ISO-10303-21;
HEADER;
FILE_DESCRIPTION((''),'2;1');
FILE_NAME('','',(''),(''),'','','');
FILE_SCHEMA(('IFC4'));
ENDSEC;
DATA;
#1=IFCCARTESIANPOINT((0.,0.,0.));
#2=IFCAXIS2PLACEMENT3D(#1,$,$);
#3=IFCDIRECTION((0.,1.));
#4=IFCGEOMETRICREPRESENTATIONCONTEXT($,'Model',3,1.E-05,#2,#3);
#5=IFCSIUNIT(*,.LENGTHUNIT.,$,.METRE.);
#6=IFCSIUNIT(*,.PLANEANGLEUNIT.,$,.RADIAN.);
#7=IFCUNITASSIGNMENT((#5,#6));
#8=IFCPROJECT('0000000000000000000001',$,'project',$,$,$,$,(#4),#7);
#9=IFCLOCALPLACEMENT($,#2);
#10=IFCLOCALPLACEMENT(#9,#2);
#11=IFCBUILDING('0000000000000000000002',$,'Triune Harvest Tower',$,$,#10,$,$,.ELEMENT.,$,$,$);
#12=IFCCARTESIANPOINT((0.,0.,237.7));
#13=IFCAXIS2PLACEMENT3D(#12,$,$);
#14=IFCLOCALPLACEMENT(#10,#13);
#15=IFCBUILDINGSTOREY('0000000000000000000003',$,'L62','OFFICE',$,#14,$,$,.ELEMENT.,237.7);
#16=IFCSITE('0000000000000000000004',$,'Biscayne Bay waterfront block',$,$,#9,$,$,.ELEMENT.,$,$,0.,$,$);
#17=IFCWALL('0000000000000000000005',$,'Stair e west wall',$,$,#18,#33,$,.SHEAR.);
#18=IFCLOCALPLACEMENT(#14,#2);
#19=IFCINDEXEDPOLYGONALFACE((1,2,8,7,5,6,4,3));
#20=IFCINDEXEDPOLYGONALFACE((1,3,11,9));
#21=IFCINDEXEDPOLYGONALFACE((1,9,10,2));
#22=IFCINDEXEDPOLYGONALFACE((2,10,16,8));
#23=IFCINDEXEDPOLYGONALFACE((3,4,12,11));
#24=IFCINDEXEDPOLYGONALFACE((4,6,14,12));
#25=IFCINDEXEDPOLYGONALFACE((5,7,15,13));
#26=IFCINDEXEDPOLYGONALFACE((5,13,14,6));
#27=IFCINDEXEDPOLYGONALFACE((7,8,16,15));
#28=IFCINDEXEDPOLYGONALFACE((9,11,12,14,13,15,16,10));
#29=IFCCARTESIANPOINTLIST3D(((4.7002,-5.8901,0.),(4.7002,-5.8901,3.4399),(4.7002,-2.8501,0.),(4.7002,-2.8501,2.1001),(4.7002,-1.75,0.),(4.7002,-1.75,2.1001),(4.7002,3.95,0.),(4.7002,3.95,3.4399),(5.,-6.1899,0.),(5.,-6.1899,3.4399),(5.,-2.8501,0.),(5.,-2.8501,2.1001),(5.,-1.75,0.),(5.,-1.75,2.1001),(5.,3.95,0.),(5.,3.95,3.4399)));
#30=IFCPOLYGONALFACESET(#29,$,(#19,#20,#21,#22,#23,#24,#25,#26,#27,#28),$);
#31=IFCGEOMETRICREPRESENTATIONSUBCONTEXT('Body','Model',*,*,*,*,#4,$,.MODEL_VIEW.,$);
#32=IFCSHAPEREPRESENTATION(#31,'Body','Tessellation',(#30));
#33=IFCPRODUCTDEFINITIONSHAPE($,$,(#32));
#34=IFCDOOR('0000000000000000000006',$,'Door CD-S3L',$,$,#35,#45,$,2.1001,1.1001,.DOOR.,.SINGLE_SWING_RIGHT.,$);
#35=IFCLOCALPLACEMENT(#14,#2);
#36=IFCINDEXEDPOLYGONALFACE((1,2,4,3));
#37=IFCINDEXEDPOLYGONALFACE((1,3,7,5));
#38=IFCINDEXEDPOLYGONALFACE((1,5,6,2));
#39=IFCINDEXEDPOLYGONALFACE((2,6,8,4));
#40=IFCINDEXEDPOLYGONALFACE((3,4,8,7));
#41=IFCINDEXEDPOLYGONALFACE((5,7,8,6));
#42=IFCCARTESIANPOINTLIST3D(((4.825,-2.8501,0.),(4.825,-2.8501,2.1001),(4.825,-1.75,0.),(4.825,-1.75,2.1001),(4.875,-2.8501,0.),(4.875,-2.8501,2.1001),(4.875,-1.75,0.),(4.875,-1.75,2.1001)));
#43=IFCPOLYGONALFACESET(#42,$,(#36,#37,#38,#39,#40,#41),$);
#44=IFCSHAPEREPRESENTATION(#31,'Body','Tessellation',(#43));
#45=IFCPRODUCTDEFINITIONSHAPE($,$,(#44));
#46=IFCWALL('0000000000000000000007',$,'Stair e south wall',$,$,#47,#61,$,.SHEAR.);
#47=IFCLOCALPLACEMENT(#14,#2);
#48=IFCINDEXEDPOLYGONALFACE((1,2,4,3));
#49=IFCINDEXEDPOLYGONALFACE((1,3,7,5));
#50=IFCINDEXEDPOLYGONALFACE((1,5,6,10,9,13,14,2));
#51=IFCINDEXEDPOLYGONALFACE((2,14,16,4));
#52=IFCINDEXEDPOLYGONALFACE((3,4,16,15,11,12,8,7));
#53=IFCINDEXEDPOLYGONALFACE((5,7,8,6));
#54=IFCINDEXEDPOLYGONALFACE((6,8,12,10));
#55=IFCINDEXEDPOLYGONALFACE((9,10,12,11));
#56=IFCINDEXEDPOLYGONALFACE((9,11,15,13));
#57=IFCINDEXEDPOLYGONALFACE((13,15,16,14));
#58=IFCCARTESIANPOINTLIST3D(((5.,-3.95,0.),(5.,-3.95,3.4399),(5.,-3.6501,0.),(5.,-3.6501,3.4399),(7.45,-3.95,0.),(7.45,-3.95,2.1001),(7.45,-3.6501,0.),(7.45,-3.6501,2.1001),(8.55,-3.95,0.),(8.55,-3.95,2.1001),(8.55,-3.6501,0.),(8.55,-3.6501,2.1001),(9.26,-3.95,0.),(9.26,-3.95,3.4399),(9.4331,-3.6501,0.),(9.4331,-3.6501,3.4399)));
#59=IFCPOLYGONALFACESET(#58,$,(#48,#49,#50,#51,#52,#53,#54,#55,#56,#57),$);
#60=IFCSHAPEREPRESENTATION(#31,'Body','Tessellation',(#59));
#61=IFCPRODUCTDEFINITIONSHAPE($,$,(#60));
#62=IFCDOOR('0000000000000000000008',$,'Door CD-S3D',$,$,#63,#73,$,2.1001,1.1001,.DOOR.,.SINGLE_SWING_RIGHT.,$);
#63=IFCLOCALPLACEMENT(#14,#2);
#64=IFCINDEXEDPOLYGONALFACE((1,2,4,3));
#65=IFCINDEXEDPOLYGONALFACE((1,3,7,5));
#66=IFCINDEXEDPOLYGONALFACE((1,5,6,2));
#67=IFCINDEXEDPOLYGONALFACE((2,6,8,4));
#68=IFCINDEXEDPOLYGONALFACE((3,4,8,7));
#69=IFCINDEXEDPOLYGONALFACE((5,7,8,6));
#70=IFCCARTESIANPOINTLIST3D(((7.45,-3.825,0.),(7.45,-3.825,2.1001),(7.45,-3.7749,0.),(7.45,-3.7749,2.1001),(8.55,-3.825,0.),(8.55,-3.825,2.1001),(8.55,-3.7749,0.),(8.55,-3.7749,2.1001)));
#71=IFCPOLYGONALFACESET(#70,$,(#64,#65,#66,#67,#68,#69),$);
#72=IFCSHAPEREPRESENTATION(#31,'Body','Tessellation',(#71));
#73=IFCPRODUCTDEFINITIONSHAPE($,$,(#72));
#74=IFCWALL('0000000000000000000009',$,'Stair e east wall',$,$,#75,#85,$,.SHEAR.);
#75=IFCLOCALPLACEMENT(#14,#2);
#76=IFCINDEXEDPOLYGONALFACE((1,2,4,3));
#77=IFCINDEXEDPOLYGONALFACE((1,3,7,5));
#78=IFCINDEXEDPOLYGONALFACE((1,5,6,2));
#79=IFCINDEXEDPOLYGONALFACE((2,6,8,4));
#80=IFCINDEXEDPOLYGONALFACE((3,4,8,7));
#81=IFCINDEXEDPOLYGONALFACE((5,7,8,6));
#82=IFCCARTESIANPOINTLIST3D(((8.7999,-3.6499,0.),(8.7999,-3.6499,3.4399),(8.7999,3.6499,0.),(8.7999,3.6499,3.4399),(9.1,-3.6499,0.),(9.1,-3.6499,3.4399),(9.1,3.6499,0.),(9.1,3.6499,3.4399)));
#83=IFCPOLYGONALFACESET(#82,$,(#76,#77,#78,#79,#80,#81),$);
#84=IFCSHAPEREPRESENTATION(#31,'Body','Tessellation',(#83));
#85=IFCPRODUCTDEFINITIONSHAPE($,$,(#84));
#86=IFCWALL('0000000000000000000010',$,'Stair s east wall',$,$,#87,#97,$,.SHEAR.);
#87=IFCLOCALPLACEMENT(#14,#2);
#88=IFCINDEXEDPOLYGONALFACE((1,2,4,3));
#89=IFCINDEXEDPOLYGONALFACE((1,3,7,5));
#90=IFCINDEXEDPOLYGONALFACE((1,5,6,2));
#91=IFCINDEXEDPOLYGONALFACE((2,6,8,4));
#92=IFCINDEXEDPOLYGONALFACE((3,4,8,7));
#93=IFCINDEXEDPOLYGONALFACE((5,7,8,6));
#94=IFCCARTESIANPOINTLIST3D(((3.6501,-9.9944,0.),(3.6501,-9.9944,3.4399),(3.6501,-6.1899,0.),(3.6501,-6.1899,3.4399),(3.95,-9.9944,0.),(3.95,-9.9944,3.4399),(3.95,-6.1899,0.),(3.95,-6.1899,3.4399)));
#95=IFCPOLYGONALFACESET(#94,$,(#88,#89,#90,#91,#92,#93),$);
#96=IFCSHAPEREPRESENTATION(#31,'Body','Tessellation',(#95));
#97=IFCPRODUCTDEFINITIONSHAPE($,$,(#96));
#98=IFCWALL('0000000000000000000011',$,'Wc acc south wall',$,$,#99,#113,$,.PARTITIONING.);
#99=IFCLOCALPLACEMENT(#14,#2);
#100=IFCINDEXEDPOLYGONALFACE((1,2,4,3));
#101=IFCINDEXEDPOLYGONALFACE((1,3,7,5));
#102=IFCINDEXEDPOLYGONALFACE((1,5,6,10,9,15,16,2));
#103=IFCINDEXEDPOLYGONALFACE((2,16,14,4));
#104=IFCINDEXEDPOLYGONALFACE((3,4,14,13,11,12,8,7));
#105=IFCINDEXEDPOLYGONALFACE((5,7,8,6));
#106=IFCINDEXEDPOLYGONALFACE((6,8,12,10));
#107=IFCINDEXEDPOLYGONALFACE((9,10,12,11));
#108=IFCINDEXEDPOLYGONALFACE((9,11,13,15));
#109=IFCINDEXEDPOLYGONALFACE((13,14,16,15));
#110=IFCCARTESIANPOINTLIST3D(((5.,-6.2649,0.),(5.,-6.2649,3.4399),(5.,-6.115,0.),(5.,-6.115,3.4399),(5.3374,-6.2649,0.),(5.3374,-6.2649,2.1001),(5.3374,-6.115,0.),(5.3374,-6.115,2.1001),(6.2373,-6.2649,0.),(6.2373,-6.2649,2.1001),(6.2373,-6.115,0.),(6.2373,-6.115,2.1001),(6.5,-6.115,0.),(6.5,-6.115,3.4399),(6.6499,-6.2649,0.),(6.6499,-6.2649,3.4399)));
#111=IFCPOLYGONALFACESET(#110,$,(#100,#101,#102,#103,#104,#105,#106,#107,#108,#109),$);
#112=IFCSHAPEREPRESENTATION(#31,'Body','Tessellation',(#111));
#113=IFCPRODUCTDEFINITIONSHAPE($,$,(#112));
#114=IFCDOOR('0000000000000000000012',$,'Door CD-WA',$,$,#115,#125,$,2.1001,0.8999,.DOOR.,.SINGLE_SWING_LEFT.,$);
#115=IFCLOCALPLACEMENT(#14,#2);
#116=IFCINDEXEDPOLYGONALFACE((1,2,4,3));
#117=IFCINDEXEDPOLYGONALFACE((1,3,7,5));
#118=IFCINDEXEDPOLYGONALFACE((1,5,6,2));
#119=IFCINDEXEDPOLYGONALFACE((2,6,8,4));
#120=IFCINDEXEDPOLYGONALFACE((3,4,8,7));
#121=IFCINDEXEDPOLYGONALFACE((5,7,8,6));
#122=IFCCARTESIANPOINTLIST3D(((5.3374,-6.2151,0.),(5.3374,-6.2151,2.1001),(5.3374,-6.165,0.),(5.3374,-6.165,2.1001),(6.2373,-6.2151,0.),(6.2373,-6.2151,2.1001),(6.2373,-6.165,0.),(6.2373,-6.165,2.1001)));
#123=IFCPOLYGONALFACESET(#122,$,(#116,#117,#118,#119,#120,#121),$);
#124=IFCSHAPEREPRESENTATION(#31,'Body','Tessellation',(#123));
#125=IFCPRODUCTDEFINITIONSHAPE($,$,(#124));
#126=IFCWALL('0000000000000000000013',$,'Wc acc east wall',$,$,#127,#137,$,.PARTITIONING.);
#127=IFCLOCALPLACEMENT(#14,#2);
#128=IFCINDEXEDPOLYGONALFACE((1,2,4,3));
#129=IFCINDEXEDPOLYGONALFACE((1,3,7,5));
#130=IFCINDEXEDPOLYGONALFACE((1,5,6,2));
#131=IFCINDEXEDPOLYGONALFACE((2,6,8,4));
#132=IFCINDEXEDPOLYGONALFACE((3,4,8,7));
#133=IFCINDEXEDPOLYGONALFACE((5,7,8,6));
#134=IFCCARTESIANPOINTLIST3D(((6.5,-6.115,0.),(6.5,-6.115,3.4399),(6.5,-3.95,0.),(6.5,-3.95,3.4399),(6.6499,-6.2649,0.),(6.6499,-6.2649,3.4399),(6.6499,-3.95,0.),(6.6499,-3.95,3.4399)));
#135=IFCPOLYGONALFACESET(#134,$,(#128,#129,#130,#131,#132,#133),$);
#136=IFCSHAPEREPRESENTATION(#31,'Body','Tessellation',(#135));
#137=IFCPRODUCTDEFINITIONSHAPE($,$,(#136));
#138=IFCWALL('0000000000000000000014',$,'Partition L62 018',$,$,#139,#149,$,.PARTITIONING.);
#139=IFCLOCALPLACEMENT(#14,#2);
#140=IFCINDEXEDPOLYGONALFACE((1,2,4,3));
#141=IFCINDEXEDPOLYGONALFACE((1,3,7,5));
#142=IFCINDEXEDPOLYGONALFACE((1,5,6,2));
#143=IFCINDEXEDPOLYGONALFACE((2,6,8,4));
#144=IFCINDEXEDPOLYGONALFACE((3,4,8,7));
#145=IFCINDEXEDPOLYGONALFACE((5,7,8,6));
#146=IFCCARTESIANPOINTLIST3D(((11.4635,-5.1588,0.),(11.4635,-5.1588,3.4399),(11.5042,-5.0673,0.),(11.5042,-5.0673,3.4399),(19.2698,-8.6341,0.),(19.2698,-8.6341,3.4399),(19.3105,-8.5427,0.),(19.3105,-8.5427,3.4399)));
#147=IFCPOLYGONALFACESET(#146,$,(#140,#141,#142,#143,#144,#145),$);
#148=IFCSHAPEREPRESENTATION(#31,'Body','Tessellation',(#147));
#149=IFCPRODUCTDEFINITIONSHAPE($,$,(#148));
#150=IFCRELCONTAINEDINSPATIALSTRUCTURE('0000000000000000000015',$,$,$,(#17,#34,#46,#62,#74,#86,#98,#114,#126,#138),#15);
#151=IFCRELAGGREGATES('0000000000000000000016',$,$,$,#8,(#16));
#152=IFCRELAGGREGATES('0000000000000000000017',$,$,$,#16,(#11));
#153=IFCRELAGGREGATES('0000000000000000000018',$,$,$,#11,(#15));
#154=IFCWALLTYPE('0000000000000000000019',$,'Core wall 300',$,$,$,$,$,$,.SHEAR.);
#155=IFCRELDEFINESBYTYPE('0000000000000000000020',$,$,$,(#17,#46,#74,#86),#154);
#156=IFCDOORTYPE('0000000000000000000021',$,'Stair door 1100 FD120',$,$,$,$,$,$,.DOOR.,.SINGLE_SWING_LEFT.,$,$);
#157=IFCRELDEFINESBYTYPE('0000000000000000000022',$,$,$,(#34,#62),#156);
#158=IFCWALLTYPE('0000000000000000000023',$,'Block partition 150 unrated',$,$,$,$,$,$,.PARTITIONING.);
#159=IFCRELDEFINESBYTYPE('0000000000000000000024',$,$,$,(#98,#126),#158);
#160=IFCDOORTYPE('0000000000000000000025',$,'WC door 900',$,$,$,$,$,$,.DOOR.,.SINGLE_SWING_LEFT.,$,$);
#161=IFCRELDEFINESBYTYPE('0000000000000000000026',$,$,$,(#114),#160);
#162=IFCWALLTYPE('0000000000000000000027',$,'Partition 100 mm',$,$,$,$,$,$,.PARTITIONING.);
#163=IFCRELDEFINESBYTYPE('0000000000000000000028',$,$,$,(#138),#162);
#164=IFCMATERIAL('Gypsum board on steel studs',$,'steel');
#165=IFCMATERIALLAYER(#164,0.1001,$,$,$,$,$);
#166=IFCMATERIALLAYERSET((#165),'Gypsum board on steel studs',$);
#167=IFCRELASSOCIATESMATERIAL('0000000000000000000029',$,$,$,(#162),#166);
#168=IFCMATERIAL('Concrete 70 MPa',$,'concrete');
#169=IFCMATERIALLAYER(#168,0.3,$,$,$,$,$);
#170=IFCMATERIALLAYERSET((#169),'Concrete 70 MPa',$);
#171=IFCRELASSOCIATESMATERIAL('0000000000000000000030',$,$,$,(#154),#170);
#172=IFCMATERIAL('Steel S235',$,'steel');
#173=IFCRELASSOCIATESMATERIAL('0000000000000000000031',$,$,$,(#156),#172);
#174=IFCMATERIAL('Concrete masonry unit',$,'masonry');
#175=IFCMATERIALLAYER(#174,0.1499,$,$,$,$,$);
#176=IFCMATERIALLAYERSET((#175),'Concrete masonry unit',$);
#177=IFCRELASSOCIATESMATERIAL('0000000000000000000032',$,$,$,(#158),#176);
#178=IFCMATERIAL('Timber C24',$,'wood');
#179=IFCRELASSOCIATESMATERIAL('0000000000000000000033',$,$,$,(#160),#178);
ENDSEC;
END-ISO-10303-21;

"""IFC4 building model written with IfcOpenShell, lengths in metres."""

from ifc_helpers import new_model, si_unit, direction, frame, frame_2d, origin, place, context, subcontext, project, spatial, polyline, rectangle, outline, extrude, source, transform, mapped, material, layer, layer_set, type_object, element, fill, save


model = new_model("IFC4")

# Units and contexts
model_context = context("Model", 3, precision=1e-05, world=origin(), true_north=direction((0.0, 1.0)))
body_context = subcontext(model_context, "Body", "Model", "MODEL_VIEW")
ifc_project = project(units=[si_unit("LENGTHUNIT", "METRE"), si_unit("PLANEANGLEUNIT", "RADIAN")], contexts=[model_context])

# Site, building, storey
site_placement = place(None, origin())
site = spatial("IfcSite", under=ifc_project, at=site_placement, Name="Biscayne Bay waterfront block", CompositionType="ELEMENT", RefElevation=0.0)
building_placement = place(site_placement, origin())
building = spatial("IfcBuilding", under=site, at=building_placement, Name="Triune Harvest Tower", CompositionType="ELEMENT")
storey_placement = place(building_placement, frame((0.0, 0.0, 237.7)))
storey = spatial("IfcBuildingStorey", under=building, at=storey_placement, Name="L62", Description="OFFICE", CompositionType="ELEMENT", Elevation=237.7)

# Shared definitions
ifc_material_1 = material(Name="Gypsum board on steel studs", Category="steel")
ifc_layer_1 = layer(ifc_material_1, 0.1001)
ifc_layer_set_1 = layer_set([ifc_layer_1], Name="Gypsum board on steel studs")
wall_type_1 = type_object("IfcWallType", Name="Partition 100 mm", PredefinedType="PARTITIONING", material=ifc_layer_set_1)

# Shared definitions
ifc_material_2 = material(Name="Concrete 70 MPa", Category="concrete")
ifc_layer_2 = layer(ifc_material_2, 0.3)
ifc_layer_set_2 = layer_set([ifc_layer_2], Name="Concrete 70 MPa")
wall_type_2 = type_object("IfcWallType", Name="Core wall 300", PredefinedType="SHEAR", material=ifc_layer_set_2)

# Walls, openings, doors
shared_shape_1 = source(origin(), body_context, "Body", "SweptSolid", [
    extrude(outline(polyline([(-0.1499, -0.1499), (9.99, -0.1499), (9.99, 0.1499), (0.1499, 0.1499), (-0.1499, -0.1499)])), origin(), (0.0, 0.0, 1.0), 3.4399),
])
wall_1_placement = place(storey_placement, frame((4.8501, -6.04, 0.0), z_axis=(0.0, 0.0, 1.0), x_axis=(0.0, 1.0, 0.0)))
wall_1 = element("IfcWall", 1, at=wall_1_placement, inside=storey, type_object=wall_type_2, Name="Stair e west wall", PredefinedType="SHEAR", context=body_context, shape_type="MappedRepresentation", body=[
    mapped(shared_shape_1, transform((0.0, 0.0, 0.0), scale=1.0)),
])
opening_1_placement = place(wall_1_placement, frame((3.1899, 0.0, 0.0)))
opening_1 = element("IfcOpeningElement", 2, at=opening_1_placement, cuts=wall_1, PredefinedType="OPENING", context=body_context, shape_type="SweptSolid", body=[
    extrude(rectangle(XDim=1.1001, YDim=2.1001, at=frame_2d((0.55, 1.05))), frame((0.0, 0.1602, 0.0), z_axis=(0.0, -1.0, 0.0), x_axis=(1.0, 0.0, 0.0)), (0.0, 0.0, 1.0), 0.3201),
])
ifc_material_3 = material(Name="Steel S235", Category="steel")
door_type_1 = type_object("IfcDoorType", Name="Stair door 1100 FD120", OperationType="SINGLE_SWING_LEFT", PredefinedType="DOOR", material=ifc_material_3)
door_1_placement = place(opening_1_placement, frame((1.1001, 0.0, 0.0), z_axis=(0.0, 0.0, 1.0), x_axis=(-1.0, 0.0, 0.0)))
door_1 = element("IfcDoor", 3, at=door_1_placement, inside=storey, type_object=door_type_1, Name="Door CD-S3L", OperationType="SINGLE_SWING_RIGHT", OverallHeight=2.1001, OverallWidth=1.1001, PredefinedType="DOOR", context=body_context, shape_type="SweptSolid", body=[
    extrude(rectangle(XDim=1.1001, YDim=2.1001, at=frame_2d((0.55, 1.05))), frame((0.0, 0.0249, 0.0), z_axis=(0.0, -1.0, 0.0), x_axis=(1.0, 0.0, 0.0)), (0.0, 0.0, 1.0), 0.05),
])
fill(opening_1, door_1)
shared_shape_2 = source(origin(), body_context, "Body", "SweptSolid", [
    extrude(outline(polyline([(0.0, -0.1499), (0.0, 0.1499), (4.4331, 0.1499), (4.26, -0.1499), (0.0, -0.1499)])), origin(), (0.0, 0.0, 1.0), 3.4399),
])
wall_2_placement = place(storey_placement, frame((5.0, -3.8, 0.0), z_axis=(0.0, 0.0, 1.0), x_axis=(1.0, 0.0, 0.0)))
wall_2 = element("IfcWall", 4, at=wall_2_placement, inside=storey, type_object=wall_type_2, Name="Stair e south wall", PredefinedType="SHEAR", context=body_context, shape_type="MappedRepresentation", body=[
    mapped(shared_shape_2, transform((0.0, 0.0, 0.0), scale=1.0)),
])
opening_2_placement = place(wall_2_placement, frame((2.45, 0.0, 0.0)))
opening_2 = element("IfcOpeningElement", 5, at=opening_2_placement, cuts=wall_2, PredefinedType="OPENING", context=body_context, shape_type="SweptSolid", body=[
    extrude(rectangle(XDim=1.1001, YDim=2.1001, at=frame_2d((0.55, 1.05))), frame((0.0, 0.1602, 0.0), z_axis=(0.0, -1.0, 0.0), x_axis=(1.0, 0.0, 0.0)), (0.0, 0.0, 1.0), 0.3201),
])
door_2_placement = place(opening_2_placement, frame((1.1001, 0.0, 0.0), z_axis=(0.0, 0.0, 1.0), x_axis=(-1.0, 0.0, 0.0)))
door_2 = element("IfcDoor", 6, at=door_2_placement, inside=storey, type_object=door_type_1, Name="Door CD-S3D", OperationType="SINGLE_SWING_RIGHT", OverallHeight=2.1001, OverallWidth=1.1001, PredefinedType="DOOR", context=body_context, shape_type="SweptSolid", body=[
    extrude(rectangle(XDim=1.1001, YDim=2.1001, at=frame_2d((0.55, 1.05))), frame((0.0, 0.0249, 0.0), z_axis=(0.0, -1.0, 0.0), x_axis=(1.0, 0.0, 0.0)), (0.0, 0.0, 1.0), 0.05),
])
fill(opening_2, door_2)

# Walls
shared_shape_3 = source(origin(), body_context, "Body", "SweptSolid", [
    extrude(rectangle(XDim=7.2998, YDim=0.3, at=frame_2d((3.6499, 0.0))), origin(), (0.0, 0.0, 1.0), 3.4399),
])
wall_3_placement = place(storey_placement, frame((8.95, -3.6499, 0.0), z_axis=(0.0, 0.0, 1.0), x_axis=(0.0, 1.0, 0.0)))
element("IfcWall", 7, at=wall_3_placement, inside=storey, type_object=wall_type_2, Name="Stair e east wall", PredefinedType="SHEAR", context=body_context, shape_type="MappedRepresentation", body=[
    mapped(shared_shape_3, transform((0.0, 0.0, 0.0), scale=1.0)),
])
shared_shape_4 = source(origin(), body_context, "Body", "SweptSolid", [
    extrude(outline(polyline([(3.8, -0.1499), (-0.0044, -0.1499), (-0.0044, 0.1499), (3.8, 0.1499), (3.8, -0.1499)])), origin(), (0.0, 0.0, 1.0), 3.4399),
])
wall_4_placement = place(storey_placement, frame((3.8, -9.99, 0.0), z_axis=(0.0, 0.0, 1.0), x_axis=(0.0, 1.0, 0.0)))
element("IfcWall", 8, at=wall_4_placement, inside=storey, type_object=wall_type_2, Name="Stair s east wall", PredefinedType="SHEAR", context=body_context, shape_type="MappedRepresentation", body=[
    mapped(shared_shape_4, transform((0.0, 0.0, 0.0), scale=1.0)),
])

# Wall, opening, door
ifc_material_4 = material(Name="Concrete masonry unit", Category="masonry")
ifc_layer_3 = layer(ifc_material_4, 0.1499)
ifc_layer_set_3 = layer_set([ifc_layer_3], Name="Concrete masonry unit")
wall_type_3 = type_object("IfcWallType", Name="Block partition 150 unrated", PredefinedType="PARTITIONING", material=ifc_layer_set_3)
shared_shape_5 = source(origin(), body_context, "Body", "SweptSolid", [
    extrude(outline(polyline([(0.0, -0.075), (1.6499, -0.075), (1.5, 0.075), (0.0, 0.075), (0.0, -0.075)])), origin(), (0.0, 0.0, 1.0), 3.4399),
])
wall_5_placement = place(storey_placement, frame((5.0, -6.1899, 0.0), z_axis=(0.0, 0.0, 1.0), x_axis=(1.0, 0.0, 0.0)))
wall_5 = element("IfcWall", 9, at=wall_5_placement, inside=storey, type_object=wall_type_3, Name="Wc acc south wall", PredefinedType="PARTITIONING", context=body_context, shape_type="MappedRepresentation", body=[
    mapped(shared_shape_5, transform((0.0, 0.0, 0.0), scale=1.0)),
])
opening_3_placement = place(wall_5_placement, frame((0.3374, 0.0, 0.0)))
opening_3 = element("IfcOpeningElement", 10, at=opening_3_placement, cuts=wall_5, PredefinedType="OPENING", context=body_context, shape_type="SweptSolid", body=[
    extrude(rectangle(XDim=0.8999, YDim=2.1001, at=frame_2d((0.45, 1.05))), frame((0.0, 0.085, 0.0), z_axis=(0.0, -1.0, 0.0), x_axis=(1.0, 0.0, 0.0)), (0.0, 0.0, 1.0), 0.1699),
])
ifc_material_5 = material(Name="Timber C24", Category="wood")
door_type_2 = type_object("IfcDoorType", Name="WC door 900", OperationType="SINGLE_SWING_LEFT", PredefinedType="DOOR", material=ifc_material_5)
door_3_placement = place(opening_3_placement, origin())
door_3 = element("IfcDoor", 11, at=door_3_placement, inside=storey, type_object=door_type_2, Name="Door CD-WA", OperationType="SINGLE_SWING_LEFT", OverallHeight=2.1001, OverallWidth=0.8999, PredefinedType="DOOR", context=body_context, shape_type="SweptSolid", body=[
    extrude(rectangle(XDim=0.8999, YDim=2.1001, at=frame_2d((0.45, 1.05))), frame((0.0, 0.0249, 0.0), z_axis=(0.0, -1.0, 0.0), x_axis=(1.0, 0.0, 0.0)), (0.0, 0.0, 1.0), 0.05),
])
fill(opening_3, door_3)

# Walls
shared_shape_6 = source(origin(), body_context, "Body", "SweptSolid", [
    extrude(outline(polyline([(-0.075, -0.075), (2.24, -0.075), (2.24, 0.075), (0.075, 0.075), (-0.075, -0.075)])), origin(), (0.0, 0.0, 1.0), 3.4399),
])
wall_6_placement = place(storey_placement, frame((6.575, -6.1899, 0.0), z_axis=(0.0, 0.0, 1.0), x_axis=(0.0, 1.0, 0.0)))
element("IfcWall", 12, at=wall_6_placement, inside=storey, type_object=wall_type_3, Name="Wc acc east wall", PredefinedType="PARTITIONING", context=body_context, shape_type="MappedRepresentation", body=[
    mapped(shared_shape_6, transform((0.0, 0.0, 0.0), scale=1.0)),
])
shared_shape_7 = source(origin(), body_context, "Body", "SweptSolid", [
    extrude(rectangle(XDim=8.5449, YDim=0.1001, at=frame_2d((4.2725, 0.0))), origin(), (0.0, 0.0, 1.0), 3.4399),
])
wall_7_placement = place(storey_placement, frame((11.4839, -5.113, 0.0), z_axis=(0.0, 0.0, 1.0), x_axis=(0.913553, -0.406719, 0.0)))
element("IfcWall", 13, at=wall_7_placement, inside=storey, type_object=wall_type_1, Name="Partition L62 018", PredefinedType="PARTITIONING", context=body_context, shape_type="MappedRepresentation", body=[
    mapped(shared_shape_7, transform((0.0, 0.0, 0.0), scale=1.0)),
])

save(model, "model.ifc")
